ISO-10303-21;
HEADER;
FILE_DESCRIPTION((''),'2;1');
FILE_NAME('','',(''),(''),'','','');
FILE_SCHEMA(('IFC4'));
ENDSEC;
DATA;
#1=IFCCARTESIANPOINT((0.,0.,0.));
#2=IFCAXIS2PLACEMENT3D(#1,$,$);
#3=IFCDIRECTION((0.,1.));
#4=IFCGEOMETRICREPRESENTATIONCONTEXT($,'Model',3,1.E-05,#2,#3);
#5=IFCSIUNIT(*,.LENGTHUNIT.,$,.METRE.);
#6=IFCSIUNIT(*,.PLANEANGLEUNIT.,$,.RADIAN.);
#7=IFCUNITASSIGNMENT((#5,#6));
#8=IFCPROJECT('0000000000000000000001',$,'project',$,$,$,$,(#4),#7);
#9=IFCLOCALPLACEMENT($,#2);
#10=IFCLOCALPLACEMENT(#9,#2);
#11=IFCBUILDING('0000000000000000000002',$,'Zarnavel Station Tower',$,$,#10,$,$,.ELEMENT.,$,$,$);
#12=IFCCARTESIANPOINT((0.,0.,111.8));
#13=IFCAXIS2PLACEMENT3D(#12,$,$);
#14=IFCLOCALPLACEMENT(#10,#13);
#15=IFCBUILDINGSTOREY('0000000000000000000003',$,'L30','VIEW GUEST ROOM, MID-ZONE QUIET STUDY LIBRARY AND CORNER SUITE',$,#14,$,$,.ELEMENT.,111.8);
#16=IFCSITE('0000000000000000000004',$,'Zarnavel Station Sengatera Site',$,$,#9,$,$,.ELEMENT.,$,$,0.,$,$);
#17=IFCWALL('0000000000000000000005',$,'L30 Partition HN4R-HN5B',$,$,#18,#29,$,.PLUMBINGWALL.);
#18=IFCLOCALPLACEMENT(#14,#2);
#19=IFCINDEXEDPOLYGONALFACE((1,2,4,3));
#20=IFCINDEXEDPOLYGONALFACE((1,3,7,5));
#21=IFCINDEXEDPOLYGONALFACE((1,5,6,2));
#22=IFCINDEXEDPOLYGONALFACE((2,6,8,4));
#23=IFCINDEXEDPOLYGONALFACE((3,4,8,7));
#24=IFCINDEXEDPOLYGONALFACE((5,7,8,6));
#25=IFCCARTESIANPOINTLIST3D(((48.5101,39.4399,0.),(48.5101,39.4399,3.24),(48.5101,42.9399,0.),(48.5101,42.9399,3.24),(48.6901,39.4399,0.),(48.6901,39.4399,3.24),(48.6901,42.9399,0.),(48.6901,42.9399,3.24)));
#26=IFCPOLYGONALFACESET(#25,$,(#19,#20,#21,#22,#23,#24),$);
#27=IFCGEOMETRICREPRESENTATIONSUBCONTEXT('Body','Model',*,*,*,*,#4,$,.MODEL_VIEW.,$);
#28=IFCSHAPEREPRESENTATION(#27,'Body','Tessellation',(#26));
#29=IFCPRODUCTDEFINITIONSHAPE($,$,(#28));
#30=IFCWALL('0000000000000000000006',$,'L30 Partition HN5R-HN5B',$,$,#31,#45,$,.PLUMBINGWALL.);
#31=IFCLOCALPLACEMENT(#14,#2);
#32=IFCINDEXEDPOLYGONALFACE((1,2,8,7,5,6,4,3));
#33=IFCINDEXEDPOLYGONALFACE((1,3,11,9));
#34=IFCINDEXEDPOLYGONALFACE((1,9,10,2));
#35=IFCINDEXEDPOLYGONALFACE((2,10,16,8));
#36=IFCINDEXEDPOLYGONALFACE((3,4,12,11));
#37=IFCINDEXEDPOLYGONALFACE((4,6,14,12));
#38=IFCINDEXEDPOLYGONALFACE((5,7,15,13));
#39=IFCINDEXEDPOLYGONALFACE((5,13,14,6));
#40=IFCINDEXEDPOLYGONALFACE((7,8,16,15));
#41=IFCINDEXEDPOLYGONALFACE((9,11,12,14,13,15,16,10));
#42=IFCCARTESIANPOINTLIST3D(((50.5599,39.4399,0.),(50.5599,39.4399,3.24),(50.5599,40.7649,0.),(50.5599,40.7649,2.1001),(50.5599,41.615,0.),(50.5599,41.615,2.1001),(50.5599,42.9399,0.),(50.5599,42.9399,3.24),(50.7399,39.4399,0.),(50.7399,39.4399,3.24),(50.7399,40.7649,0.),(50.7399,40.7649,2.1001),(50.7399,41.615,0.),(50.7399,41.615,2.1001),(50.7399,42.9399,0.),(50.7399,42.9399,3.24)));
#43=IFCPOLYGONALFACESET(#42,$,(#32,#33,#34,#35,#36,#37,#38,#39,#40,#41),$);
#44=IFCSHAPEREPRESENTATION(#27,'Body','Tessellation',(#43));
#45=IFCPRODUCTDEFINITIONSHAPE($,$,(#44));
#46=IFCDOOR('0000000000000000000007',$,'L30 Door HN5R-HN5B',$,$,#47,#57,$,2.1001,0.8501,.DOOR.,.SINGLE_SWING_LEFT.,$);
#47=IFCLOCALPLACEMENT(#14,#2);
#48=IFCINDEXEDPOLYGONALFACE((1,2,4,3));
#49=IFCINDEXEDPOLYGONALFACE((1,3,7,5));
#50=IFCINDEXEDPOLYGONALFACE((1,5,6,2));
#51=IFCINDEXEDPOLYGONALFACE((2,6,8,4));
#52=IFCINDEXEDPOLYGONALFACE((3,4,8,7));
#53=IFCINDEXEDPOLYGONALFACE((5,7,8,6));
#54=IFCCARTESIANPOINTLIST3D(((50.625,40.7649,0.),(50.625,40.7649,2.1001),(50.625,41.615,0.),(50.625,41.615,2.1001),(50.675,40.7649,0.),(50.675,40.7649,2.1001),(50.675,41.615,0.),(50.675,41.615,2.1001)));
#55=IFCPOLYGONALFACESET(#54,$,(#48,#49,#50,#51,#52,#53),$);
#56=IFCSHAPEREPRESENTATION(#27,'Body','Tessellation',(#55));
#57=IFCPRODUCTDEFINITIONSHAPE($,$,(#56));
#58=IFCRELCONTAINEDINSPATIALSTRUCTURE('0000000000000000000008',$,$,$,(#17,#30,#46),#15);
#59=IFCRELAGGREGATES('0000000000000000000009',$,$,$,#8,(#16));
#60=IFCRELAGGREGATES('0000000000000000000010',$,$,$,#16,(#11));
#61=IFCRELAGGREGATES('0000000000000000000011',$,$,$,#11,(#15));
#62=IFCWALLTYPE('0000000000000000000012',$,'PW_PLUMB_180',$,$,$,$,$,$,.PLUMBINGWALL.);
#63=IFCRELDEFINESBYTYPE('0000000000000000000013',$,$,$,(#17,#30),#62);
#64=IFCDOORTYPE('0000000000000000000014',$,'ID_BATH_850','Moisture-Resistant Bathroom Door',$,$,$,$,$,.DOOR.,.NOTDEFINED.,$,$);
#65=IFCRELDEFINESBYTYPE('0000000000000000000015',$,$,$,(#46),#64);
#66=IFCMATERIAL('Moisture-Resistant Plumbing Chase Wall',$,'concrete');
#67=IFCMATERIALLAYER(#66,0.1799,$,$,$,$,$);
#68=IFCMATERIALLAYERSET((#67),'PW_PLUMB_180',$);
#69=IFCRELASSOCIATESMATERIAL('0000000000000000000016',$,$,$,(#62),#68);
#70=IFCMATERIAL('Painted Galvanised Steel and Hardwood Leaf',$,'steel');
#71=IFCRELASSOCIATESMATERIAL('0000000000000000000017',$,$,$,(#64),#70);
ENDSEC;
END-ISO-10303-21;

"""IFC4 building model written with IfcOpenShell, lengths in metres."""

from ifc_helpers import new_model, si_unit, direction, frame, frame_2d, origin, place, context, subcontext, project, spatial, rectangle, extrude, material, layer, layer_set, type_object, element, fill, save


model = new_model("IFC4")

# Units and contexts
model_context = context("Model", 3, precision=1e-05, world=origin(), true_north=direction((0.0, 1.0)))
body_context = subcontext(model_context, "Body", "Model", "MODEL_VIEW")
ifc_project = project(units=[si_unit("LENGTHUNIT", "METRE"), si_unit("PLANEANGLEUNIT", "RADIAN")], contexts=[model_context])

# Site, building, storey
site_placement = place(None, origin())
site = spatial("IfcSite", under=ifc_project, at=site_placement, Name="Zarnavel Station Sengatera Site", CompositionType="ELEMENT", RefElevation=0.0)
building_placement = place(site_placement, origin())
building = spatial("IfcBuilding", under=site, at=building_placement, Name="Zarnavel Station Tower", CompositionType="ELEMENT")
storey_placement = place(building_placement, frame((0.0, 0.0, 111.8)))
storey = spatial("IfcBuildingStorey", under=building, at=storey_placement, Name="L30", Description="VIEW GUEST ROOM, MID-ZONE QUIET STUDY LIBRARY AND CORNER SUITE", CompositionType="ELEMENT", Elevation=111.8)

# Shared definitions
ifc_material_1 = material(Name="Moisture-Resistant Plumbing Chase Wall", Category="concrete")
ifc_layer_1 = layer(ifc_material_1, 0.1799)
ifc_layer_set_1 = layer_set([ifc_layer_1], Name="PW_PLUMB_180")
wall_type_1 = type_object("IfcWallType", Name="PW_PLUMB_180", PredefinedType="PLUMBINGWALL", material=ifc_layer_set_1)

# Shared definitions
ifc_material_2 = material(Name="Painted Galvanised Steel and Hardwood Leaf", Category="steel")
door_type_1 = type_object("IfcDoorType", Name="ID_BATH_850", Description="Moisture-Resistant Bathroom Door", OperationType="NOTDEFINED", PredefinedType="DOOR", material=ifc_material_2)

# Wall
wall_1_placement = place(storey_placement, frame((48.6001, 39.4399, 0.0), z_axis=(0.0, 0.0, 1.0), x_axis=(0.0, 1.0, 0.0)))
element("IfcWall", 1, at=wall_1_placement, inside=storey, type_object=wall_type_1, Name="L30 Partition HN4R-HN5B", PredefinedType="PLUMBINGWALL", context=body_context, shape_type="SweptSolid", body=[
    extrude(rectangle(XDim=3.5, YDim=0.1799, at=frame_2d((1.75, 0.0))), origin(), (0.0, 0.0, 1.0), 3.24),
])

# Wall, opening, door
wall_2_placement = place(storey_placement, frame((50.6499, 39.4399, 0.0), z_axis=(0.0, 0.0, 1.0), x_axis=(0.0, 1.0, 0.0)))
wall_2 = element("IfcWall", 2, at=wall_2_placement, inside=storey, type_object=wall_type_1, Name="L30 Partition HN5R-HN5B", PredefinedType="PLUMBINGWALL", context=body_context, shape_type="SweptSolid", body=[
    extrude(rectangle(XDim=3.5, YDim=0.1799, at=frame_2d((1.75, 0.0))), origin(), (0.0, 0.0, 1.0), 3.24),
])
opening_1_placement = place(wall_2_placement, frame((1.325, 0.0, 0.0)))
opening_1 = element("IfcOpeningElement", 3, at=opening_1_placement, cuts=wall_2, PredefinedType="OPENING", context=body_context, shape_type="SweptSolid", body=[
    extrude(rectangle(XDim=0.8501, YDim=2.1001, at=frame_2d((0.425, 1.05))), frame((0.0, 0.0999, 0.0), z_axis=(0.0, -1.0, 0.0), x_axis=(1.0, 0.0, 0.0)), (0.0, 0.0, 1.0), 0.2),
])
door_1_placement = place(opening_1_placement, origin())
door_1 = element("IfcDoor", 4, at=door_1_placement, inside=storey, type_object=door_type_1, Name="L30 Door HN5R-HN5B", OperationType="SINGLE_SWING_LEFT", OverallHeight=2.1001, OverallWidth=0.8501, PredefinedType="DOOR", context=body_context, shape_type="SweptSolid", body=[
    extrude(rectangle(XDim=0.8501, YDim=2.1001, at=frame_2d((0.425, 1.05))), frame((0.0, 0.0249, 0.0), z_axis=(0.0, -1.0, 0.0), x_axis=(1.0, 0.0, 0.0)), (0.0, 0.0, 1.0), 0.05),
])
fill(opening_1, door_1)

save(model, "model.ifc")
